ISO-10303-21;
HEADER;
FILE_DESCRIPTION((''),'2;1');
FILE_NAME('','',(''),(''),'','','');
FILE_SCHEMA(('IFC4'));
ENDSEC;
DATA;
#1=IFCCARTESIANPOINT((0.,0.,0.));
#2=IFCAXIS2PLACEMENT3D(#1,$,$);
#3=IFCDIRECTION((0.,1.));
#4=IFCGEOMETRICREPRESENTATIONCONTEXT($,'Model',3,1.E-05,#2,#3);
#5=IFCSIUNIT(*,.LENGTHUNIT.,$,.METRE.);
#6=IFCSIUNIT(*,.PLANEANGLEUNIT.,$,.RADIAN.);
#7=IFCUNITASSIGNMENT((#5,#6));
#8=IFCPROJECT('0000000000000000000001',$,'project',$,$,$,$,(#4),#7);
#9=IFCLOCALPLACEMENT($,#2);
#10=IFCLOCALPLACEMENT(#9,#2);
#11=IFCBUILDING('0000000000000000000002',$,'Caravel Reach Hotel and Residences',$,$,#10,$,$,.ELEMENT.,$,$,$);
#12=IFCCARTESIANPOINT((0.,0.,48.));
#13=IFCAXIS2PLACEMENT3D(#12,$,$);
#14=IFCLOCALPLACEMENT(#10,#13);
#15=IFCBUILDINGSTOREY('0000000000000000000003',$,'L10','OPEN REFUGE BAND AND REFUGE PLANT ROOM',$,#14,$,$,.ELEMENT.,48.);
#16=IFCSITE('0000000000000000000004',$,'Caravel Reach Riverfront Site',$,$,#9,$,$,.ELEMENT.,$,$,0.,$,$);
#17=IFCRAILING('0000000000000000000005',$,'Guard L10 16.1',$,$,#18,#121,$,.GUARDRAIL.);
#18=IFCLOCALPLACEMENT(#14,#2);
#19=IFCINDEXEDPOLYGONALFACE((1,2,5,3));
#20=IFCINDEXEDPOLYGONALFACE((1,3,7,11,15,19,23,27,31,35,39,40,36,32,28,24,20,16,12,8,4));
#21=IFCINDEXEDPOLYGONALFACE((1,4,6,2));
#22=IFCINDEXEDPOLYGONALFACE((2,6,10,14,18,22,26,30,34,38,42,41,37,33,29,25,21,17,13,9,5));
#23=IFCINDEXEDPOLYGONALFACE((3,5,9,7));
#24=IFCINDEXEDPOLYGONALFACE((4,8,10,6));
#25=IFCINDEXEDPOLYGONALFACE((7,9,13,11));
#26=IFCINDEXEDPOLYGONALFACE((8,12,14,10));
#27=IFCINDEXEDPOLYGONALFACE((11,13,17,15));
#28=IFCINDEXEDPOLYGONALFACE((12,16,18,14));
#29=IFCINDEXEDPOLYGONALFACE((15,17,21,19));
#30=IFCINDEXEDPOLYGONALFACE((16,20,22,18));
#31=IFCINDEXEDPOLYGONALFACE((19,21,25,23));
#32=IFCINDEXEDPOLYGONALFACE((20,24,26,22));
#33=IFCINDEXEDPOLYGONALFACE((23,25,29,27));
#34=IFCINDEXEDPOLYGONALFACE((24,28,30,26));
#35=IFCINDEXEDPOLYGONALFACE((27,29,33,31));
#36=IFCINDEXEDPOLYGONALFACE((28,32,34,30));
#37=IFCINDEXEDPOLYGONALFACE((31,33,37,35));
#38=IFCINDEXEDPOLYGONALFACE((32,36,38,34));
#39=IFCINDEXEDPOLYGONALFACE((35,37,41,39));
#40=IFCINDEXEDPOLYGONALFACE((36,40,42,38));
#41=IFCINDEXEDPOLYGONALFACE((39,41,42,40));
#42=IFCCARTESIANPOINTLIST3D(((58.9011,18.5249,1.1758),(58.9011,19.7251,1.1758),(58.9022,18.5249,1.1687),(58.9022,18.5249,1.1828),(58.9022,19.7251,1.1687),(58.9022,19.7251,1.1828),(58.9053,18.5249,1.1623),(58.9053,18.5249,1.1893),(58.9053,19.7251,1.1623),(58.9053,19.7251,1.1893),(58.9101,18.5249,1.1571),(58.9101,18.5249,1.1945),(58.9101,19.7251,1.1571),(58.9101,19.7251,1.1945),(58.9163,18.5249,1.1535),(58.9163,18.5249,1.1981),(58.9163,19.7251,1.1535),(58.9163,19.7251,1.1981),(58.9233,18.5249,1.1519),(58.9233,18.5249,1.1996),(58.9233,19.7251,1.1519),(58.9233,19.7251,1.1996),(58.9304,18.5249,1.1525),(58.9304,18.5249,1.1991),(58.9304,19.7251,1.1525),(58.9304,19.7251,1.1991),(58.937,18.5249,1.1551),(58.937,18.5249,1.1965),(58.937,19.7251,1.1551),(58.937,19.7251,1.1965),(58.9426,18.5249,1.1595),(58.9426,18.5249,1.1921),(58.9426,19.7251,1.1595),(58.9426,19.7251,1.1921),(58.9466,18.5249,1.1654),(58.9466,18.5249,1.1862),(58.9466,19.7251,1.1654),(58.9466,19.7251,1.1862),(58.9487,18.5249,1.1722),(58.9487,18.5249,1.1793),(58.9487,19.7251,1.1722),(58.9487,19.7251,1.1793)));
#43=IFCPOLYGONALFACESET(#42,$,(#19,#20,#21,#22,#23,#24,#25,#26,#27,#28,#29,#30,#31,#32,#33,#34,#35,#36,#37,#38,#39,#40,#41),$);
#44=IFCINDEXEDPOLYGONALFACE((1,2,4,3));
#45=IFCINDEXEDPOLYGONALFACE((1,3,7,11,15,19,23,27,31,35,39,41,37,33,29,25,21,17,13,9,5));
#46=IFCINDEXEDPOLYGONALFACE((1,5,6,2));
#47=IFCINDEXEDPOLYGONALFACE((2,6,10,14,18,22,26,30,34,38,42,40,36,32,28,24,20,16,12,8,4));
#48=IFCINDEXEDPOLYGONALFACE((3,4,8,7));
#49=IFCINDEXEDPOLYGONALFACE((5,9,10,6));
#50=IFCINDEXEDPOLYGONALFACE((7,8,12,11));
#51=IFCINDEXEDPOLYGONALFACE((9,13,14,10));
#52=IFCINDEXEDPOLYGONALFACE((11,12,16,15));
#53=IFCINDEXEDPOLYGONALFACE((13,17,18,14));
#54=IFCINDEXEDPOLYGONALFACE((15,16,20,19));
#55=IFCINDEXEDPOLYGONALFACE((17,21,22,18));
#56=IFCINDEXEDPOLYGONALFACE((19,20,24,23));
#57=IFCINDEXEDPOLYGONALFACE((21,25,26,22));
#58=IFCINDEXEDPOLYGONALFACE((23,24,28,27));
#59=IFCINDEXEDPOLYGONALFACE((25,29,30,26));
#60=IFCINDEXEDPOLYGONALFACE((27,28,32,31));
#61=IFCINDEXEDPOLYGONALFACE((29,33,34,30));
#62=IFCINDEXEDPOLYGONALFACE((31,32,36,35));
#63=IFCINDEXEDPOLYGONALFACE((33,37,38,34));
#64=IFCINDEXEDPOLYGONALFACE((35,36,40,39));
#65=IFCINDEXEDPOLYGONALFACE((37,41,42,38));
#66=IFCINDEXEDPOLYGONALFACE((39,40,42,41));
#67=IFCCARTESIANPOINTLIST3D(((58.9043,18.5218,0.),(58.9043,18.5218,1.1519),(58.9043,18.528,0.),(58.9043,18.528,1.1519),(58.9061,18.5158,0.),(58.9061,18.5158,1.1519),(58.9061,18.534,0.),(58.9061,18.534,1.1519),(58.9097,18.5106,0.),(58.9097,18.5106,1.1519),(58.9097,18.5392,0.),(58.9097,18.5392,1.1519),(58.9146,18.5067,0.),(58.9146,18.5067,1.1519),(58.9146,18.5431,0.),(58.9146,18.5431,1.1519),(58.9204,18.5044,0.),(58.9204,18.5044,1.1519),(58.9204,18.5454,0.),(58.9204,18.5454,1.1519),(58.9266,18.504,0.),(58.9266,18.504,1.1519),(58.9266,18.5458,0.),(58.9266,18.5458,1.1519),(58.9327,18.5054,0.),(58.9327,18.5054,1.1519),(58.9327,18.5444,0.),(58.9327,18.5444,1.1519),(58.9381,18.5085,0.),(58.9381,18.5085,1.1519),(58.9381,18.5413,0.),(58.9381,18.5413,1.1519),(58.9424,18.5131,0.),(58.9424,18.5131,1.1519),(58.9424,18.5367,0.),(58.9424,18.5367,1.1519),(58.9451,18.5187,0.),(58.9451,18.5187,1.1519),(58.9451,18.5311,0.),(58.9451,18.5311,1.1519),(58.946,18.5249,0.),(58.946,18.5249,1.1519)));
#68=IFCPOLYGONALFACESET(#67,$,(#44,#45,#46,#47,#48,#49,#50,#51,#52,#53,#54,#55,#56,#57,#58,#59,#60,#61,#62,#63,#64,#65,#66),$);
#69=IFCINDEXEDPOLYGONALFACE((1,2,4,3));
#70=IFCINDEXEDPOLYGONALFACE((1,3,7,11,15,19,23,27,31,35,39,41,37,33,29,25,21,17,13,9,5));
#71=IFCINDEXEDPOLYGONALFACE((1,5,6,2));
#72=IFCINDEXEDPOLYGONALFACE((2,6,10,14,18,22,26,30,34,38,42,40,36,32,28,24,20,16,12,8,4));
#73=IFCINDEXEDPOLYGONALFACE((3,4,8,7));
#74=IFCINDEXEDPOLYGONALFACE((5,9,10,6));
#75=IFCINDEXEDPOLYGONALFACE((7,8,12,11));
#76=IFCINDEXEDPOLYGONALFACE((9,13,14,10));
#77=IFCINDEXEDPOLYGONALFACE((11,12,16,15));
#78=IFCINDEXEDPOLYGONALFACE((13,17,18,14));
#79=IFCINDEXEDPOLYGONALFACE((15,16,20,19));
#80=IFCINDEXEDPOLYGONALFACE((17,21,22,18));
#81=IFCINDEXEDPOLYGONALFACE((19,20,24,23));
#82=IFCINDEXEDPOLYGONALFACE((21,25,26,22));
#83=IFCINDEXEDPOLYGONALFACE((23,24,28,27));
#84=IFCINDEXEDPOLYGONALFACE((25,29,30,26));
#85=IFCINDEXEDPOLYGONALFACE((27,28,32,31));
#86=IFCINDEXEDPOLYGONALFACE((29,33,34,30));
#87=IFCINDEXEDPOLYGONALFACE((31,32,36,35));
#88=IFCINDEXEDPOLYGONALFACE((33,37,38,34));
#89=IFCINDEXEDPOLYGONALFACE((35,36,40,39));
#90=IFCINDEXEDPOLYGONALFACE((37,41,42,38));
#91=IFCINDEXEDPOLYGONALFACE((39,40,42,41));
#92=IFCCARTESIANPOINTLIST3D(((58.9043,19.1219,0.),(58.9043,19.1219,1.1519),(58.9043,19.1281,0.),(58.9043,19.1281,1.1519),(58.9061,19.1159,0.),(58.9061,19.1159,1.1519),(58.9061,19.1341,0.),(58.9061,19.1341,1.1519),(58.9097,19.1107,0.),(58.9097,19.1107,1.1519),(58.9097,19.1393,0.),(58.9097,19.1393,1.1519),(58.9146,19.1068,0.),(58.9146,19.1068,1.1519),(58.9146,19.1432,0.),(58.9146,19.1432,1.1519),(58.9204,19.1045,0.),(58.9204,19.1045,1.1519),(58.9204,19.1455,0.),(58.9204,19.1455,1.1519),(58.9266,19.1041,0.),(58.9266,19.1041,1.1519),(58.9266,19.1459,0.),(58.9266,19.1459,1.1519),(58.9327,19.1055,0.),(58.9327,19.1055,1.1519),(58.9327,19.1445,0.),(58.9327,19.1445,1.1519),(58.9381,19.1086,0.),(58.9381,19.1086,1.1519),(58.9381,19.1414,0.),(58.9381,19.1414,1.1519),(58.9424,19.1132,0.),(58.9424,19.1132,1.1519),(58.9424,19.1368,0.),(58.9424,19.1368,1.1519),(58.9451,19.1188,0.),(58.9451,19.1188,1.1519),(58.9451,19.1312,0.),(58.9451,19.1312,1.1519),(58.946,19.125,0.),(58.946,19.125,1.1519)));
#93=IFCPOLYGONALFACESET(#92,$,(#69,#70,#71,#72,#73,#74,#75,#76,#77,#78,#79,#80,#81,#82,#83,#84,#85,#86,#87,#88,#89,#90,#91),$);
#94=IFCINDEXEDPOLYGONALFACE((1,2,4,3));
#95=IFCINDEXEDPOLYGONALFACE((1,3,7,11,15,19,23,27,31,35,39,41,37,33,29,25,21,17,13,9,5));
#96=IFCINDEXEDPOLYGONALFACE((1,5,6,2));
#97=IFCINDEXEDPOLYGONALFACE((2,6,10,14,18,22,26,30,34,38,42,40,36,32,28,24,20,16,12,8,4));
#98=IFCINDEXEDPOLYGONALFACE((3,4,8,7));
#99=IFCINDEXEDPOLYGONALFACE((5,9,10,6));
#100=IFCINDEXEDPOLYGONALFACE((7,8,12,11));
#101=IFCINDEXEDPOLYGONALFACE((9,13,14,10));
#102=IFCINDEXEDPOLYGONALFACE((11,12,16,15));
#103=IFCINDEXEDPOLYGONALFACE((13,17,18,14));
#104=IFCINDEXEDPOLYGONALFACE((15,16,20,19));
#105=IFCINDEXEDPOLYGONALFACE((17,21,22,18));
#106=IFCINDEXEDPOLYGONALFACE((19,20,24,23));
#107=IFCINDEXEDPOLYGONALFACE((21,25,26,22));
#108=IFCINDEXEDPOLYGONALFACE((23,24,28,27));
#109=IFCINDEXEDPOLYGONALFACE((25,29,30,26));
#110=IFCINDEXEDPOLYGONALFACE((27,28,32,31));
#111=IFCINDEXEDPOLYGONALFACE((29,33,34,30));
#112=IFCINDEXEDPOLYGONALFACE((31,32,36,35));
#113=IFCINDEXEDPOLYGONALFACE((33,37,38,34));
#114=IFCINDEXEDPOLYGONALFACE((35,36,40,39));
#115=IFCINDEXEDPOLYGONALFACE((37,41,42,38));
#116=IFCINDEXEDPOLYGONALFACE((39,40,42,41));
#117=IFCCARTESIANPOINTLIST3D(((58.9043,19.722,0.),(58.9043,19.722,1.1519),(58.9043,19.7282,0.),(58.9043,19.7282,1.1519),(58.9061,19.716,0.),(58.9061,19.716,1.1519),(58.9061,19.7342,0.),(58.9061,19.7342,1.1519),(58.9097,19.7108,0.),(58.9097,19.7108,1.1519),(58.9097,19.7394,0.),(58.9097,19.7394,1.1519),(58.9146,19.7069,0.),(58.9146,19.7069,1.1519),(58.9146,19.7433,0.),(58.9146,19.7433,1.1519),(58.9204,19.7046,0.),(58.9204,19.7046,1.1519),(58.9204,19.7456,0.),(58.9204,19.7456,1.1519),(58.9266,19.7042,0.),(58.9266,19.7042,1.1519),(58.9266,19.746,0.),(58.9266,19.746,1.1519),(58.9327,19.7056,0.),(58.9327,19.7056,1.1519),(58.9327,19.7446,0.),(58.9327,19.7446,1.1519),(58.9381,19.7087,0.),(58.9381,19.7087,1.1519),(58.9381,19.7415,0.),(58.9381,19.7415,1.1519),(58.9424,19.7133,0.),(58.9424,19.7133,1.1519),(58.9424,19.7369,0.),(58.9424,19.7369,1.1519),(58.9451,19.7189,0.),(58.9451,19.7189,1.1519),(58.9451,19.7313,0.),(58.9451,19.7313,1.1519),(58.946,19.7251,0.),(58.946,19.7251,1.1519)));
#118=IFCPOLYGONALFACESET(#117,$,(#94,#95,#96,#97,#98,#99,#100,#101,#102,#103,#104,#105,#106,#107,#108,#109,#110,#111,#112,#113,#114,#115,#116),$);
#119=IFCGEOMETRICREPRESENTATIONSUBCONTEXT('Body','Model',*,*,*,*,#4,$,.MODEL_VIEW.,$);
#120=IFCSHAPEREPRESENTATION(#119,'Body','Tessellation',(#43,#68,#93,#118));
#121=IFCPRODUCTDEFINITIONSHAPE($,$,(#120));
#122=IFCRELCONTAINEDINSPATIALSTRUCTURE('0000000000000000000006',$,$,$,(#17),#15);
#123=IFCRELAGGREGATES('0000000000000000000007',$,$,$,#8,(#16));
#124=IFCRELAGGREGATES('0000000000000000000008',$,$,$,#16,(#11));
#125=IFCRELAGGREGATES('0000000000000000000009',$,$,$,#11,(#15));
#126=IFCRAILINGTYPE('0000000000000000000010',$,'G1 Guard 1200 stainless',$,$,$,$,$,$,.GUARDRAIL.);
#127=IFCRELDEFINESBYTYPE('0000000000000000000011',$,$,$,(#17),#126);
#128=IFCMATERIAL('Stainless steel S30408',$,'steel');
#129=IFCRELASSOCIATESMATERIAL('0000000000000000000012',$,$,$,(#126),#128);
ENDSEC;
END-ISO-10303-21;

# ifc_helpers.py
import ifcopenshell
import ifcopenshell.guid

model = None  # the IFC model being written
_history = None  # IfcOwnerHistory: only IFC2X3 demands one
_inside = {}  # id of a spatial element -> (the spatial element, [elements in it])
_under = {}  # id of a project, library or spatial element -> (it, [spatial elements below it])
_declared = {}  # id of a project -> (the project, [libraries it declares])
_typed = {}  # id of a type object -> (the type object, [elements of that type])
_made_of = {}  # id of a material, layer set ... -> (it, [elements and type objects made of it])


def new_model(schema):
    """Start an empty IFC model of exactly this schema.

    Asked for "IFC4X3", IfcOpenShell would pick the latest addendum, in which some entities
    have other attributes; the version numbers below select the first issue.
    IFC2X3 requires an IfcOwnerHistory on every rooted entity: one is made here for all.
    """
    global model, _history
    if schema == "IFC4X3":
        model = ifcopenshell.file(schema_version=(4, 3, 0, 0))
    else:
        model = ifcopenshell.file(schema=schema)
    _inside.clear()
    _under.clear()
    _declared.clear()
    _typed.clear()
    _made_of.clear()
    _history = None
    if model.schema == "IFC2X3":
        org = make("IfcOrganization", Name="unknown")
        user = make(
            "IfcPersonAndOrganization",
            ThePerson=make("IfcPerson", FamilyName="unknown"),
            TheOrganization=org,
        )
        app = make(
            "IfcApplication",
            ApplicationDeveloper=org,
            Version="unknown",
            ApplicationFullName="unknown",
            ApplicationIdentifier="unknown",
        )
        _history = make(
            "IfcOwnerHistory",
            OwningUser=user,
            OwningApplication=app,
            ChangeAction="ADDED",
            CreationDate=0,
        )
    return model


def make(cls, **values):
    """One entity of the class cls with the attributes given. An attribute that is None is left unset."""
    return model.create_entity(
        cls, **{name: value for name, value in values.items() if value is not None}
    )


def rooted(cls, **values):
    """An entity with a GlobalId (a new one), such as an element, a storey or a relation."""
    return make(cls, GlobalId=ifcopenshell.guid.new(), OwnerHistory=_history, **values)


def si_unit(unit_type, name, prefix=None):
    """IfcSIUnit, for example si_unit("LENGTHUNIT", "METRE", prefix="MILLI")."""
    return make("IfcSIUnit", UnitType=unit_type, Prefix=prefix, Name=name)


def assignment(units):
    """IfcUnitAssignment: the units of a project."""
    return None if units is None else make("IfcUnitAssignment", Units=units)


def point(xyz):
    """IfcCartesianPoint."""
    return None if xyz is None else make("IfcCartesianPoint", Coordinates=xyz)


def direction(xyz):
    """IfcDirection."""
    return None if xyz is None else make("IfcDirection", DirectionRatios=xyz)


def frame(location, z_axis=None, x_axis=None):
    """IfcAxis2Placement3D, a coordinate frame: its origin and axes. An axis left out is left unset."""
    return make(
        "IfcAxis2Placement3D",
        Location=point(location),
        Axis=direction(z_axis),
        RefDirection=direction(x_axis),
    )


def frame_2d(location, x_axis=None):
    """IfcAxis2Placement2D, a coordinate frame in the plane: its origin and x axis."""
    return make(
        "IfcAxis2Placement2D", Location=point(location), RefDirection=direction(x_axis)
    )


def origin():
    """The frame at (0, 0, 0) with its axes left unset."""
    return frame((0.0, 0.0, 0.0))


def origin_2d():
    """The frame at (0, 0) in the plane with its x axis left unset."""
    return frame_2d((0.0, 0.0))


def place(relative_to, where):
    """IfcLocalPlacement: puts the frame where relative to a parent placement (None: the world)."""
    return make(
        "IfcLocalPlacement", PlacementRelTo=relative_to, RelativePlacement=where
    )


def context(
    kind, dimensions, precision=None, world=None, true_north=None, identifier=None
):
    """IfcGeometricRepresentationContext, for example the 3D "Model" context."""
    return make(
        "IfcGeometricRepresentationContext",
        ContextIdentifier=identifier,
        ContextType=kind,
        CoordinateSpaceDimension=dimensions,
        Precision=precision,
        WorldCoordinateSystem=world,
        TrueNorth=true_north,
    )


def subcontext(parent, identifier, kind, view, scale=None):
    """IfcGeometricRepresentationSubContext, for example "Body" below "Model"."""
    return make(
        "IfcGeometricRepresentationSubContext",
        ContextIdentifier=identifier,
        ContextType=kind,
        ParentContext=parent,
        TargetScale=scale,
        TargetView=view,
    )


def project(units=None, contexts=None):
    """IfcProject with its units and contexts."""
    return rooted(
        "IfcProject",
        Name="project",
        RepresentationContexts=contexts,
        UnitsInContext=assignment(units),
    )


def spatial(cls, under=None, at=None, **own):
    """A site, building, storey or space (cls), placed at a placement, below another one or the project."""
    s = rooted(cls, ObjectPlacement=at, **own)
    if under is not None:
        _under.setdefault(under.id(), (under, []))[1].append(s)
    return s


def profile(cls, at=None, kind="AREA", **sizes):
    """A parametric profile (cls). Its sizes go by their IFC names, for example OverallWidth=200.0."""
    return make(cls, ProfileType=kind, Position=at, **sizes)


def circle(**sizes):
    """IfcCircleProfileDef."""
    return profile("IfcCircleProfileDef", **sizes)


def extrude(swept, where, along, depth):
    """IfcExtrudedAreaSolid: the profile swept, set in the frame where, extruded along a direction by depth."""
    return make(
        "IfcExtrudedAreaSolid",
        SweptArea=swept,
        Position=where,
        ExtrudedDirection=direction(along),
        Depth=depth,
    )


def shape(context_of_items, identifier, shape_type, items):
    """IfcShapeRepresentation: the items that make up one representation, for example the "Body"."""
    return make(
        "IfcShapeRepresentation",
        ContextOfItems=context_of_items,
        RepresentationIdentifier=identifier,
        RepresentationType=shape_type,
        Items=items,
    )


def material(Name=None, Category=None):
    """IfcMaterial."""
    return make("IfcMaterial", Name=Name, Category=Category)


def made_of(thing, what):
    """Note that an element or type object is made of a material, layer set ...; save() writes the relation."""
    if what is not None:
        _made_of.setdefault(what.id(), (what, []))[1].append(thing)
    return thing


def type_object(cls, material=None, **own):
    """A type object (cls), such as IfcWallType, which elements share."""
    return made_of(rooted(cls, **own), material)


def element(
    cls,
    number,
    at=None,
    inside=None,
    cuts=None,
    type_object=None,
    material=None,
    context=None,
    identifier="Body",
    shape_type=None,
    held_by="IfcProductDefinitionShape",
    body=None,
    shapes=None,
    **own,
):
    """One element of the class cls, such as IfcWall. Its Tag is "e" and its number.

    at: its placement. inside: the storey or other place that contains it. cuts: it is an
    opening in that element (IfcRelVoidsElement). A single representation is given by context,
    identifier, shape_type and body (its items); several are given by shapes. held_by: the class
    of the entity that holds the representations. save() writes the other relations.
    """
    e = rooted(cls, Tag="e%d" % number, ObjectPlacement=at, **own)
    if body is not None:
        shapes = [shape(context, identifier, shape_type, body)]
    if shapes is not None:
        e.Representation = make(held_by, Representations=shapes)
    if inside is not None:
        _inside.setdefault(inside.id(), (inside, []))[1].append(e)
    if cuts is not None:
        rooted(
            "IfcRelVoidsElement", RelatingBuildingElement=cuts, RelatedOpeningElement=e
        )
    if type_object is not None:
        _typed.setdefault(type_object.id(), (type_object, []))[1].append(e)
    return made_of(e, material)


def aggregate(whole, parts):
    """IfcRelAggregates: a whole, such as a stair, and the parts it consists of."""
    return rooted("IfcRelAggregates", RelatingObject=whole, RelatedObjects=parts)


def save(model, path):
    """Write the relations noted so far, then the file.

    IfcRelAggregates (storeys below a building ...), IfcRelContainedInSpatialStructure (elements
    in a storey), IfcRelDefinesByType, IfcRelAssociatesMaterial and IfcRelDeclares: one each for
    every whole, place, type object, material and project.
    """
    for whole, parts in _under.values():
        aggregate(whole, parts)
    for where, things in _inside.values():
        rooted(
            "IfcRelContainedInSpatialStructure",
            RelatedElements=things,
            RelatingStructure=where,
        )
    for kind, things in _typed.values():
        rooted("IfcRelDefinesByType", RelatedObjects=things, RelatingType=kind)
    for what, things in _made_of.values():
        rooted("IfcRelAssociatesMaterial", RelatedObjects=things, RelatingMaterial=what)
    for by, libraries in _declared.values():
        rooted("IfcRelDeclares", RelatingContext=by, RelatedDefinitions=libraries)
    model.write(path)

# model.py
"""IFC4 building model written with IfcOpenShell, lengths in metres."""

from ifc_helpers import new_model, si_unit, direction, frame, origin, origin_2d, place, context, subcontext, project, spatial, circle, extrude, material, type_object, element, save


model = new_model("IFC4")

# Units and contexts
model_context = context("Model", 3, precision=1e-05, world=origin(), true_north=direction((0.0, 1.0)))
body_context = subcontext(model_context, "Body", "Model", "MODEL_VIEW")
ifc_project = project(units=[si_unit("LENGTHUNIT", "METRE"), si_unit("PLANEANGLEUNIT", "RADIAN")], contexts=[model_context])

# Site, building, storey
site_placement = place(None, origin())
site = spatial("IfcSite", under=ifc_project, at=site_placement, Name="Caravel Reach Riverfront Site", CompositionType="ELEMENT", RefElevation=0.0)
building_placement = place(site_placement, origin())
building = spatial("IfcBuilding", under=site, at=building_placement, Name="Caravel Reach Hotel and Residences", CompositionType="ELEMENT")
storey_placement = place(building_placement, frame((0.0, 0.0, 48.0)))
storey = spatial("IfcBuildingStorey", under=building, at=storey_placement, Name="L10", Description="OPEN REFUGE BAND AND REFUGE PLANT ROOM", CompositionType="ELEMENT", Elevation=48.0)

# Railing
ifc_material_1 = material(Name="Stainless steel S30408", Category="steel")
railing_type_1 = type_object("IfcRailingType", Name="G1 Guard 1200 stainless", PredefinedType="GUARDRAIL", material=ifc_material_1)
railing_1_placement = place(storey_placement, frame((58.925, 18.5249, 0.0)))
element("IfcRailing", 1, at=railing_1_placement, inside=storey, type_object=railing_type_1, Name="Guard L10 16.1", PredefinedType="GUARDRAIL", context=body_context, shape_type="SweptSolid", body=[
    extrude(circle(Radius=0.0239, at=origin_2d()), frame((0.0, 0.0, 1.1758), z_axis=(0.0, 1.0, 0.0), x_axis=(-1.0, 0.0, 0.0)), (0.0, 0.0, 1.0), 1.2002),
    extrude(circle(Radius=0.021, at=origin_2d()), origin(), (0.0, 0.0, 1.0), 1.1519),
    extrude(circle(Radius=0.021, at=origin_2d()), frame((0.0, 0.6001, 0.0)), (0.0, 0.0, 1.0), 1.1519),
    extrude(circle(Radius=0.021, at=origin_2d()), frame((0.0, 1.2002, 0.0)), (0.0, 0.0, 1.0), 1.1519),
])

save(model, "model.ifc")
